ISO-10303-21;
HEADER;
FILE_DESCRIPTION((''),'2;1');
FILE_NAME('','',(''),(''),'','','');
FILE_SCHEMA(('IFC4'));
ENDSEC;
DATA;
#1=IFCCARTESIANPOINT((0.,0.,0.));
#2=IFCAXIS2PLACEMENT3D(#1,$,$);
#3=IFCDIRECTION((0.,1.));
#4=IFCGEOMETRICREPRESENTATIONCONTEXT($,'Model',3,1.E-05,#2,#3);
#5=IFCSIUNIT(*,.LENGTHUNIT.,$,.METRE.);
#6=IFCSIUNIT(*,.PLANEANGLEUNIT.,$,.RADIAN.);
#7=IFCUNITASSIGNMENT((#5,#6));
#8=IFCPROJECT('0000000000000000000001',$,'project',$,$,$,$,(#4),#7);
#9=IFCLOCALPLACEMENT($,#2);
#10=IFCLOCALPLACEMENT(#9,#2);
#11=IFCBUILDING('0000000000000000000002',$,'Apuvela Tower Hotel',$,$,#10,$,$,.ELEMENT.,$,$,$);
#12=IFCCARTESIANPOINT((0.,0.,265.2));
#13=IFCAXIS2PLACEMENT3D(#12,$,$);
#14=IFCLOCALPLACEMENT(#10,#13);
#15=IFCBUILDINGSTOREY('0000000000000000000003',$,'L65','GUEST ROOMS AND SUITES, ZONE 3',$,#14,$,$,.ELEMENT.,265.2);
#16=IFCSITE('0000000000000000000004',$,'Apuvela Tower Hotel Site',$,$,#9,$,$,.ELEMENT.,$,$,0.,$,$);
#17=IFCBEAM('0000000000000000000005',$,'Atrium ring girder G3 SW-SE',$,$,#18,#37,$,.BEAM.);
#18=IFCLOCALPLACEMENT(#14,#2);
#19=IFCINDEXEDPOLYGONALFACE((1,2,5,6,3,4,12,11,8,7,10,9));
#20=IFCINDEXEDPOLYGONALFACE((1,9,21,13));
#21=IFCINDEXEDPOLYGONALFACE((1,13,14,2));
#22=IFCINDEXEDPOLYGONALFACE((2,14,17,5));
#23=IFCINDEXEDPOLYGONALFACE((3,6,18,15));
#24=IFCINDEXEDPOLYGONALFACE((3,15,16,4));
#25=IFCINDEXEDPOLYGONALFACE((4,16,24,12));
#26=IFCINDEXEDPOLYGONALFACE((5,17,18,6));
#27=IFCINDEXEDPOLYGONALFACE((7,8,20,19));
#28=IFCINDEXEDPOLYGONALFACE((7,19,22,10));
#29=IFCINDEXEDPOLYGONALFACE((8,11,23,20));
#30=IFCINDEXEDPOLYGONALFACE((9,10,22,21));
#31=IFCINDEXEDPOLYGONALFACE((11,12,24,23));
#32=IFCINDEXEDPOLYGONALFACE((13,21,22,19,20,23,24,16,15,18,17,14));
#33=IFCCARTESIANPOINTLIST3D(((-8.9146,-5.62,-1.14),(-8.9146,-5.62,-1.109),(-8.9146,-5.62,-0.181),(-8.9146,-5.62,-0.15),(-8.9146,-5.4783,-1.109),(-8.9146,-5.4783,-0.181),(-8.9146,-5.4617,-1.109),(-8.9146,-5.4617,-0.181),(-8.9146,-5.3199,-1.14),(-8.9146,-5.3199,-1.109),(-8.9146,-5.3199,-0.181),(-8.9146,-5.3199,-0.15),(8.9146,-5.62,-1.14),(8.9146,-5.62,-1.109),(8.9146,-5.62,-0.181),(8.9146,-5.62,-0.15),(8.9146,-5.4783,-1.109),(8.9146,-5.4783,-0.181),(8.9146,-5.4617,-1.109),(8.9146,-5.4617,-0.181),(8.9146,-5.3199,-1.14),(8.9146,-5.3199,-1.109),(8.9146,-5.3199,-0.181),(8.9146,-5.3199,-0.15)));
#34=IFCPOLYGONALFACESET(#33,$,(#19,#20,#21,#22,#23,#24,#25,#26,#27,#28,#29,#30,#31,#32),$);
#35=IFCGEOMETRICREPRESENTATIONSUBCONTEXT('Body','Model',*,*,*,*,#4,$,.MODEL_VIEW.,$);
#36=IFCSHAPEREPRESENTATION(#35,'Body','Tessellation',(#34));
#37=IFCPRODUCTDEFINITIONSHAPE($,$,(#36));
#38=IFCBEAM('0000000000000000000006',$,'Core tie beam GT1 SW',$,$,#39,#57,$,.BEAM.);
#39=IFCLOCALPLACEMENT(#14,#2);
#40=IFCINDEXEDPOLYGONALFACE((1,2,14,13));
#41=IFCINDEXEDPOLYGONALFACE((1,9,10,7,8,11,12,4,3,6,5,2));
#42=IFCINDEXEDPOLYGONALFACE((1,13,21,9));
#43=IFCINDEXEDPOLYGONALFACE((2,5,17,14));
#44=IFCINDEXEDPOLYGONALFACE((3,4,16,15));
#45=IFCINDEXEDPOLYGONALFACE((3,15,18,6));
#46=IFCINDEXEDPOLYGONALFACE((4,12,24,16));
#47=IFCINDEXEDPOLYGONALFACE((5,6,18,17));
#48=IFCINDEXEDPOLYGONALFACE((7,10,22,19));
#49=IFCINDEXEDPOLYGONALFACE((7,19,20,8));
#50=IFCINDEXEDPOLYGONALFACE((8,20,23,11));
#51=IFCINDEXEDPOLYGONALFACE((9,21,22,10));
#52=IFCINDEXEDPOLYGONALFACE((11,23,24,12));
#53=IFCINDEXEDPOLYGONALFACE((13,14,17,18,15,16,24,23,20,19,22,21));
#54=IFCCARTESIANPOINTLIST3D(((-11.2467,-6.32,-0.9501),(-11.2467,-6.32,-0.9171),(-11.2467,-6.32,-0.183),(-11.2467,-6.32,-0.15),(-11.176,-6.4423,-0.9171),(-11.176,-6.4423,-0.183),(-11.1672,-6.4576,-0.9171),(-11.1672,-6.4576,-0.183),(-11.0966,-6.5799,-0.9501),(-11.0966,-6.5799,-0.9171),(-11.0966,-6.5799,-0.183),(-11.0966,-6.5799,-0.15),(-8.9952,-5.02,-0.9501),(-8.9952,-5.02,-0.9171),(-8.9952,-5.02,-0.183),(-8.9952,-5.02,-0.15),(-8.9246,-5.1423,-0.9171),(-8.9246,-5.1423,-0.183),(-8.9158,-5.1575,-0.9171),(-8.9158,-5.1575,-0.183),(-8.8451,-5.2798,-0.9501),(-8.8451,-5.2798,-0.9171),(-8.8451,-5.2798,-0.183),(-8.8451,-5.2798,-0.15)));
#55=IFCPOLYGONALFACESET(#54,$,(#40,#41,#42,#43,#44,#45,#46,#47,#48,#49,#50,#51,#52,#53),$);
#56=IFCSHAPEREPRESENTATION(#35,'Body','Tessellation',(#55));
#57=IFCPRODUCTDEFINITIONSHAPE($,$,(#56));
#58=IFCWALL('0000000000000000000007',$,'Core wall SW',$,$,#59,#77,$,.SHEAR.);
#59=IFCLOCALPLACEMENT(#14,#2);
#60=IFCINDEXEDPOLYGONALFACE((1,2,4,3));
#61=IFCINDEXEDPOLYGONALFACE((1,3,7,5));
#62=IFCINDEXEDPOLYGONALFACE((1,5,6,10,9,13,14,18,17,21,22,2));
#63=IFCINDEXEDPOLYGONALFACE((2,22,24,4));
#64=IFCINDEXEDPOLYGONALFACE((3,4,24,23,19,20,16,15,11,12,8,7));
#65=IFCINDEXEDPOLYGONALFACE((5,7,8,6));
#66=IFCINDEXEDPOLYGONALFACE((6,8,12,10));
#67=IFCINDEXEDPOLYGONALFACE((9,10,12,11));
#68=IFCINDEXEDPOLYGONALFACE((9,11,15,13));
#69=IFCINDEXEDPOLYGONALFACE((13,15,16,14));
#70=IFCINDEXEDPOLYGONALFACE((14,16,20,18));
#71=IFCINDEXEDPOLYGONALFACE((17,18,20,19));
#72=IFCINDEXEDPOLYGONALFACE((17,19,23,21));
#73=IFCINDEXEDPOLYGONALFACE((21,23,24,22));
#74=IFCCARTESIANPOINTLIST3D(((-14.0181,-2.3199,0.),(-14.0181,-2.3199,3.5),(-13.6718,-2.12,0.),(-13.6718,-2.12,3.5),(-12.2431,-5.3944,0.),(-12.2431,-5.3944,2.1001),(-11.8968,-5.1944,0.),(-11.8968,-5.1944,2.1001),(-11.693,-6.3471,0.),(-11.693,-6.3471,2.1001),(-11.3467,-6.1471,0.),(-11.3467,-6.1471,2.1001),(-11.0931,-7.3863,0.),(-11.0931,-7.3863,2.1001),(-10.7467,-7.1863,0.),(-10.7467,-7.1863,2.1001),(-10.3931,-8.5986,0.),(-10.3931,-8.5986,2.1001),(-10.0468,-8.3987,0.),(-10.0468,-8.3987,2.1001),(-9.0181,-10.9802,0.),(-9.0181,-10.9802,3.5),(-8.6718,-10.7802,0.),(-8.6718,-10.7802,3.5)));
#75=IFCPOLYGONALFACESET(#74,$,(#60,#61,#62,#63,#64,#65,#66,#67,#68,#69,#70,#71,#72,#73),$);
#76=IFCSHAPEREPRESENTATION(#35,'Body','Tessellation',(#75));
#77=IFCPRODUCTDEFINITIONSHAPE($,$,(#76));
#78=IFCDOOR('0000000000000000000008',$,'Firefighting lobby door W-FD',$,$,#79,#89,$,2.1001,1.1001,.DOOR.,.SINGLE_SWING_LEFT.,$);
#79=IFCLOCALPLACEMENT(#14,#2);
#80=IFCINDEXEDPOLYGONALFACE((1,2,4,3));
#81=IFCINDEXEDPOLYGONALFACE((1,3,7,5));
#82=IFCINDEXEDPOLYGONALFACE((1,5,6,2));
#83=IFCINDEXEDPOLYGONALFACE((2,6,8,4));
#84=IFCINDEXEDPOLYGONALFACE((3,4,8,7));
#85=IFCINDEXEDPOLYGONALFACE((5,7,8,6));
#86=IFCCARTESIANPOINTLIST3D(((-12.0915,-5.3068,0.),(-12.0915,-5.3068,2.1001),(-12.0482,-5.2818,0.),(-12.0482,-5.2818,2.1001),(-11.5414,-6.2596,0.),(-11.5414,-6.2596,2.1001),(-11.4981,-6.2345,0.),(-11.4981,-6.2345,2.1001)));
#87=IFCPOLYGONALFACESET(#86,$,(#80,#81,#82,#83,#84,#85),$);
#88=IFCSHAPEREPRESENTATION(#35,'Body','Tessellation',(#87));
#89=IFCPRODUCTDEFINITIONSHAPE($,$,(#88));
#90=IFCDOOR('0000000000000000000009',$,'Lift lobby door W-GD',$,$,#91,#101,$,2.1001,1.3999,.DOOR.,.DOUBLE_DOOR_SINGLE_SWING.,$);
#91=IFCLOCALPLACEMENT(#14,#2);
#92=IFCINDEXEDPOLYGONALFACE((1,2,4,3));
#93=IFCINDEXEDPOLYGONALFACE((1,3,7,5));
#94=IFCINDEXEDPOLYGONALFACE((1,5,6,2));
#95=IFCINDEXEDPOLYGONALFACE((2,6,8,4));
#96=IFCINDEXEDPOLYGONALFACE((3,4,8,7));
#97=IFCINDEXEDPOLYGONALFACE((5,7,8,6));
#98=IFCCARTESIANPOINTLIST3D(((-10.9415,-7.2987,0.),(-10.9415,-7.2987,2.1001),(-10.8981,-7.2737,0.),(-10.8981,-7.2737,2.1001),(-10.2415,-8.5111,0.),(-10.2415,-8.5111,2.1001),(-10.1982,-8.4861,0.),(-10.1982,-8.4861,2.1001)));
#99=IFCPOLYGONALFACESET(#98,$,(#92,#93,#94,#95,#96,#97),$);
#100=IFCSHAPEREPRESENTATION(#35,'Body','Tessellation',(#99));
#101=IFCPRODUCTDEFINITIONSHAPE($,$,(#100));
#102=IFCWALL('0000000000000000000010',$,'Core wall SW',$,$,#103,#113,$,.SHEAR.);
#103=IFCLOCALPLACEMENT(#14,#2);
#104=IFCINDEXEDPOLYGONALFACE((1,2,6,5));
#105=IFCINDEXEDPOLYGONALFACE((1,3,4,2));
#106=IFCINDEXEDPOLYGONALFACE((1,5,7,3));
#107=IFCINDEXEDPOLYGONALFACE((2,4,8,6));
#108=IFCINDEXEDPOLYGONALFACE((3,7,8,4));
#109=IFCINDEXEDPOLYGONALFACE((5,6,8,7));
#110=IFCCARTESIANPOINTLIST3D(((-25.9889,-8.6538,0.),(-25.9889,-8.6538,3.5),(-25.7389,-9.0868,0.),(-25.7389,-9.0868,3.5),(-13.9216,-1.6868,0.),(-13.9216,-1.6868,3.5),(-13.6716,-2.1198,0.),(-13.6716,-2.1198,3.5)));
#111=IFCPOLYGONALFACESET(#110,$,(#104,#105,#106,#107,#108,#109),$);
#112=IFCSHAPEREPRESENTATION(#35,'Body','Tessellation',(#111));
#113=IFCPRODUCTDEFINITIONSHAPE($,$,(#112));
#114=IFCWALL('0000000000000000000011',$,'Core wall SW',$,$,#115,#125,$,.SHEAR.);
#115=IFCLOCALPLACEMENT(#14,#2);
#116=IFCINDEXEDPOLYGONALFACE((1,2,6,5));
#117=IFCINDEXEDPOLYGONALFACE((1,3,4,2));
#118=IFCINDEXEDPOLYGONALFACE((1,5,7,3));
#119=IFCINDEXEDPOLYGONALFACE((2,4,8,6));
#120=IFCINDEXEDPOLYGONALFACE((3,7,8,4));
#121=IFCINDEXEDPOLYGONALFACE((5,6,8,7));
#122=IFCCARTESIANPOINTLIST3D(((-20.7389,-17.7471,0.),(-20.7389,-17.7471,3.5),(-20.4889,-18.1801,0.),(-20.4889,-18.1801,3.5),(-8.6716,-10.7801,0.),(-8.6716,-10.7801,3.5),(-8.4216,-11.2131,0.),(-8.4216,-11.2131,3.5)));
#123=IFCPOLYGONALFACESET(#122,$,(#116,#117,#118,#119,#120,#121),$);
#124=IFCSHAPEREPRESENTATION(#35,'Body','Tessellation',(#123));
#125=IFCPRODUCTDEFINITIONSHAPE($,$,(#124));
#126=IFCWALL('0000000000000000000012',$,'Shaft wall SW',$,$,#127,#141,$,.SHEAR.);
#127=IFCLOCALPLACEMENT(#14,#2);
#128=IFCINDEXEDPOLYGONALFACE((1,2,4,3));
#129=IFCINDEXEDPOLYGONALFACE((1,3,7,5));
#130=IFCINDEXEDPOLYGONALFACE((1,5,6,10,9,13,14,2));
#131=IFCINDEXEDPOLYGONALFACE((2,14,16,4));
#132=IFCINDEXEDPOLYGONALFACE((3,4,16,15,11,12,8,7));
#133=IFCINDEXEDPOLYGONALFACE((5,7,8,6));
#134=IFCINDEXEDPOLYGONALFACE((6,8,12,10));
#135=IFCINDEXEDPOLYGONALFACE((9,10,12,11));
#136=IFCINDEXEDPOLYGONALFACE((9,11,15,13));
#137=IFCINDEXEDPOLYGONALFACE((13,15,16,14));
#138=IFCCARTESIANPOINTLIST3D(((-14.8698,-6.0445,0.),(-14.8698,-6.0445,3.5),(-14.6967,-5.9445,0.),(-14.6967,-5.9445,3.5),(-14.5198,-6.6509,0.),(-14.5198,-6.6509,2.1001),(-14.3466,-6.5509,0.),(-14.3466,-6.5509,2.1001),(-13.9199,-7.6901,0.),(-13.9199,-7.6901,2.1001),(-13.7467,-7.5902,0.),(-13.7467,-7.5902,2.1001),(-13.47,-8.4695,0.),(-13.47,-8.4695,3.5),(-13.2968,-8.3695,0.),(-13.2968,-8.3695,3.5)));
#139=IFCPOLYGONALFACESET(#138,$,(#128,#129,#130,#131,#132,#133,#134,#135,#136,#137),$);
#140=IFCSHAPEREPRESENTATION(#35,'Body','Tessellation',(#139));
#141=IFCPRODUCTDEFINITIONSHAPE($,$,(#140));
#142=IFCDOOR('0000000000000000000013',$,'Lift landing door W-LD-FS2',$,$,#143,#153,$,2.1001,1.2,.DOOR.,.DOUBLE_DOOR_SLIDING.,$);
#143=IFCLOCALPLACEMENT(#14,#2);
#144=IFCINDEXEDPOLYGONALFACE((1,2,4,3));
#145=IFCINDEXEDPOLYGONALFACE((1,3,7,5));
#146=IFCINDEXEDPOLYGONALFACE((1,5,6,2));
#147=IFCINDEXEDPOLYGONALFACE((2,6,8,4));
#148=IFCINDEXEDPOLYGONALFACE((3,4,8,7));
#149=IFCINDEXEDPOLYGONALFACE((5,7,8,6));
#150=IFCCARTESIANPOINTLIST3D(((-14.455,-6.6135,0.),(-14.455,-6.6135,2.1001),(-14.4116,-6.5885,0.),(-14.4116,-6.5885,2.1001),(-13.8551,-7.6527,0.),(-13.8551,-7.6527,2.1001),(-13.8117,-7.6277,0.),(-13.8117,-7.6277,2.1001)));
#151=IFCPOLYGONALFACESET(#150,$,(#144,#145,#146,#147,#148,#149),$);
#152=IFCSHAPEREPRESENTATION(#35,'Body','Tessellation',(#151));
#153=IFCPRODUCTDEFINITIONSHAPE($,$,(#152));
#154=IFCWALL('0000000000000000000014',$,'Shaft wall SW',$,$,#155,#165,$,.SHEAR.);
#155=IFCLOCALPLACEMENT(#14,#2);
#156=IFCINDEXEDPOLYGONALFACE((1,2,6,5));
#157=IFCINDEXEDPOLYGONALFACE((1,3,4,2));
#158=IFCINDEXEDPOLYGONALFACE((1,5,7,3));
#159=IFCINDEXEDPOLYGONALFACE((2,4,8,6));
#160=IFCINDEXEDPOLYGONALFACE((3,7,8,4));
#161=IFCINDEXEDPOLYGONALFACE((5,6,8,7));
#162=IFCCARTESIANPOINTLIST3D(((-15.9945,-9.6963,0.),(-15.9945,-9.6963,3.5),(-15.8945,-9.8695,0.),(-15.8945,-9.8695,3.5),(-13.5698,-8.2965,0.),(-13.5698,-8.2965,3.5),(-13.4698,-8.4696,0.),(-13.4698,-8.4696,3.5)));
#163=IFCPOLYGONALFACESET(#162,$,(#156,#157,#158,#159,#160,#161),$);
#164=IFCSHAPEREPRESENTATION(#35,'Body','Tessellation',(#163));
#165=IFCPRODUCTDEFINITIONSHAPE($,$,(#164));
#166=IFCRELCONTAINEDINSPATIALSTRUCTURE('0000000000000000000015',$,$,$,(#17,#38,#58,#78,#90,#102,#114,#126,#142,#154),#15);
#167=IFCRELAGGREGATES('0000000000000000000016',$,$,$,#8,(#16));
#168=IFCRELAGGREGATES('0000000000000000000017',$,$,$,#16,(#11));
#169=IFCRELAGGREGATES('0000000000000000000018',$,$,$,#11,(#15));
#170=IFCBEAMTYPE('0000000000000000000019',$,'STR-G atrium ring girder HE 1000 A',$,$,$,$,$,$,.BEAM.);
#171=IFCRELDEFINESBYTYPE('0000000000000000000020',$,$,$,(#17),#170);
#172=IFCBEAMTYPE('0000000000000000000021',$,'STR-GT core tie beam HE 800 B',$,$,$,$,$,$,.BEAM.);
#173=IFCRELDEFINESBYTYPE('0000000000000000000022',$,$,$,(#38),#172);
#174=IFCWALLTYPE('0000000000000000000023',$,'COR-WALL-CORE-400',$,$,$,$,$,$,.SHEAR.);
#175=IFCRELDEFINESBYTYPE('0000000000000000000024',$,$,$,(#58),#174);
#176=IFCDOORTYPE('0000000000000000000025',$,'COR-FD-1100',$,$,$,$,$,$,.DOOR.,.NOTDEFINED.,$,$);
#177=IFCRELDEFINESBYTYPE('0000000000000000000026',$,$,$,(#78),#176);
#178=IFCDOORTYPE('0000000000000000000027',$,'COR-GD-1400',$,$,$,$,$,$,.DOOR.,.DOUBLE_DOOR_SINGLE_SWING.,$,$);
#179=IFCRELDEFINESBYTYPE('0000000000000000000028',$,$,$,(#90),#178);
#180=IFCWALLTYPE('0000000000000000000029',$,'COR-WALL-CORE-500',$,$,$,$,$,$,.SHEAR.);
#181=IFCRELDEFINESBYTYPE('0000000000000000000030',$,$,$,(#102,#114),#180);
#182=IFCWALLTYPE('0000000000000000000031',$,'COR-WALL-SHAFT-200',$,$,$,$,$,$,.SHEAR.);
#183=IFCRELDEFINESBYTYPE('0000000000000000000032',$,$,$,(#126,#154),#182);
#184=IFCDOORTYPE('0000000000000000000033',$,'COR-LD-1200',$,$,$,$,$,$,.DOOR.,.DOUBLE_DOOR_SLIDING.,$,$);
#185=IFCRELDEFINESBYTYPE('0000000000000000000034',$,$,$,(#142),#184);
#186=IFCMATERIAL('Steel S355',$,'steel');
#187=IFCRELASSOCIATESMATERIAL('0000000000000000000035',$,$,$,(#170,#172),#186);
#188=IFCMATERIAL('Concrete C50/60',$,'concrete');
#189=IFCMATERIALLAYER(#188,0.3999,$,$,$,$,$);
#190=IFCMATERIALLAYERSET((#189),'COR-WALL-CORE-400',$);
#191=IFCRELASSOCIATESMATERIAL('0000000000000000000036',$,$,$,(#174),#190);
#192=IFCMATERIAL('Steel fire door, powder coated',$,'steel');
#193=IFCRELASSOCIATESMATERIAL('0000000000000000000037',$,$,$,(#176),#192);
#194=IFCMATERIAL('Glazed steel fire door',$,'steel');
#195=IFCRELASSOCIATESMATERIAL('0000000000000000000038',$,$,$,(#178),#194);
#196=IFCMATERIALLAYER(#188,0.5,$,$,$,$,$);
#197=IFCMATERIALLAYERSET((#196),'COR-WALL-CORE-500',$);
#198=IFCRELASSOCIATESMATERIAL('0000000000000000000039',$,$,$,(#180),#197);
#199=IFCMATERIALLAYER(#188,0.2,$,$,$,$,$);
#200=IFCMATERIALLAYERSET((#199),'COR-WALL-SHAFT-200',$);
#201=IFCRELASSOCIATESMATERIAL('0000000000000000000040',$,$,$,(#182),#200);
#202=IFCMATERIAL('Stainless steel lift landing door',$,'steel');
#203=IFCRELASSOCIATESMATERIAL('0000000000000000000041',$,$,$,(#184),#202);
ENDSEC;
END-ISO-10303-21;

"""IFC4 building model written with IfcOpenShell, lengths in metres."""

from ifc_helpers import new_model, si_unit, direction, frame, frame_2d, origin, origin_2d, place, context, subcontext, project, spatial, rectangle, i_section, extrude, material, layer, layer_set, material_profile, profile_set, type_object, element, fill, save


model = new_model("IFC4")

# Units and contexts
model_context = context("Model", 3, precision=1e-05, world=origin(), true_north=direction((0.0, 1.0)))
body_context = subcontext(model_context, "Body", "Model", "MODEL_VIEW")
ifc_project = project(units=[si_unit("LENGTHUNIT", "METRE"), si_unit("PLANEANGLEUNIT", "RADIAN")], contexts=[model_context])

# Site, building, storey
site_placement = place(None, origin())
site = spatial("IfcSite", under=ifc_project, at=site_placement, Name="Apuvela Tower Hotel Site", CompositionType="ELEMENT", RefElevation=0.0)
building_placement = place(site_placement, origin())
building = spatial("IfcBuilding", under=site, at=building_placement, Name="Apuvela Tower Hotel", CompositionType="ELEMENT")
storey_placement = place(building_placement, frame((0.0, 0.0, 265.2)))
storey = spatial("IfcBuildingStorey", under=building, at=storey_placement, Name="L65", Description="GUEST ROOMS AND SUITES, ZONE 3", CompositionType="ELEMENT", Elevation=265.2)

# Beams
ifc_material_1 = material(Name="Steel S355", Category="steel")
ifc_material_profile_1 = material_profile(ifc_material_1, i_section(OverallWidth=0.3, OverallDepth=0.99, WebThickness=0.0166, FlangeThickness=0.031, at=origin_2d()), Name="HE 1000 A")
ifc_profile_set_1 = profile_set([ifc_material_profile_1], Name="Steel S355")
beam_type_1 = type_object("IfcBeamType", Name="STR-G atrium ring girder HE 1000 A", PredefinedType="BEAM", material=ifc_profile_set_1)
beam_1_placement = place(storey_placement, frame((-8.9146, -5.47, -0.645), z_axis=(1.0, 0.0, 0.0), x_axis=(0.0, 1.0, 0.0)))
element("IfcBeam", 1, at=beam_1_placement, inside=storey, type_object=beam_type_1, Name="Atrium ring girder G3 SW-SE", PredefinedType="BEAM", context=body_context, shape_type="SweptSolid", body=[
    extrude(i_section(OverallWidth=0.3, OverallDepth=0.99, WebThickness=0.0166, FlangeThickness=0.031, at=origin_2d()), origin(), (0.0, 0.0, 1.0), 17.8291),
])
ifc_material_profile_2 = material_profile(ifc_material_1, i_section(OverallWidth=0.3, OverallDepth=0.8, WebThickness=0.0176, FlangeThickness=0.033, at=origin_2d()), Name="HE 800 B")
ifc_profile_set_2 = profile_set([ifc_material_profile_2], Name="Steel S355")
beam_type_2 = type_object("IfcBeamType", Name="STR-GT core tie beam HE 800 B", PredefinedType="BEAM", material=ifc_profile_set_2)
beam_2_placement = place(storey_placement, frame((-11.1716, -6.45, -0.55), z_axis=(0.865998, 0.500048, 0.0), x_axis=(-0.500048, 0.865998, 0.0)))
element("IfcBeam", 2, at=beam_2_placement, inside=storey, type_object=beam_type_2, Name="Core tie beam GT1 SW", PredefinedType="BEAM", context=body_context, shape_type="SweptSolid", body=[
    extrude(i_section(OverallWidth=0.3, OverallDepth=0.8, WebThickness=0.0176, FlangeThickness=0.033, at=origin_2d()), origin(), (0.0, 0.0, 1.0), 2.5999),
])

# Wall, openings, doors
ifc_material_2 = material(Name="Concrete C50/60", Category="concrete")
ifc_layer_1 = layer(ifc_material_2, 0.3999)
ifc_layer_set_1 = layer_set([ifc_layer_1], Name="COR-WALL-CORE-400")
wall_type_1 = type_object("IfcWallType", Name="COR-WALL-CORE-400", PredefinedType="SHEAR", material=ifc_layer_set_1)
wall_1_placement = place(storey_placement, frame((-13.845, -2.22, 0.0), z_axis=(0.0, 0.0, 1.0), x_axis=(0.500004, -0.866023, 0.0)))
wall_1 = element("IfcWall", 3, at=wall_1_placement, inside=storey, type_object=wall_type_1, Name="Core wall SW", PredefinedType="SHEAR", context=body_context, shape_type="SweptSolid", body=[
    extrude(rectangle(XDim=10.0, YDim=0.3999, at=frame_2d((5.0, 0.0))), origin(), (0.0, 0.0, 1.0), 3.5),
])
opening_1_placement = place(wall_1_placement, frame((3.55, 0.0, 0.0)))
opening_1 = element("IfcOpeningElement", 4, at=opening_1_placement, cuts=wall_1, PredefinedType="OPENING", context=body_context, shape_type="SweptSolid", body=[
    extrude(rectangle(XDim=1.1001, YDim=2.1001, at=frame_2d((0.55, 1.05))), frame((0.0, 0.21, 0.0), z_axis=(0.0, -1.0, 0.0), x_axis=(1.0, 0.0, 0.0)), (0.0, 0.0, 1.0), 0.4199),
])
opening_2_placement = place(wall_1_placement, frame((5.8501, 0.0, 0.0)))
opening_2 = element("IfcOpeningElement", 5, at=opening_2_placement, cuts=wall_1, PredefinedType="OPENING", context=body_context, shape_type="SweptSolid", body=[
    extrude(rectangle(XDim=1.3999, YDim=2.1001, at=frame_2d((0.7, 1.05))), frame((0.0, 0.21, 0.0), z_axis=(0.0, -1.0, 0.0), x_axis=(1.0, 0.0, 0.0)), (0.0, 0.0, 1.0), 0.4199),
])
ifc_material_3 = material(Name="Steel fire door, powder coated", Category="steel")
door_type_1 = type_object("IfcDoorType", Name="COR-FD-1100", OperationType="NOTDEFINED", PredefinedType="DOOR", material=ifc_material_3)
door_1_placement = place(opening_1_placement, frame((1.1001, 0.0, 0.0), z_axis=(0.0, 0.0, 1.0), x_axis=(-1.0, 0.0, 0.0)))
door_1 = element("IfcDoor", 6, at=door_1_placement, inside=storey, type_object=door_type_1, Name="Firefighting lobby door W-FD", OperationType="SINGLE_SWING_LEFT", OverallHeight=2.1001, OverallWidth=1.1001, PredefinedType="DOOR", context=body_context, shape_type="SweptSolid", body=[
    extrude(rectangle(XDim=1.1001, YDim=2.1001, at=frame_2d((0.55, 1.05))), frame((0.0, 0.0249, 0.0), z_axis=(0.0, -1.0, 0.0), x_axis=(1.0, 0.0, 0.0)), (0.0, 0.0, 1.0), 0.05),
])
fill(opening_1, door_1)
ifc_material_4 = material(Name="Glazed steel fire door", Category="steel")
door_type_2 = type_object("IfcDoorType", Name="COR-GD-1400", OperationType="DOUBLE_DOOR_SINGLE_SWING", PredefinedType="DOOR", material=ifc_material_4)
door_2_placement = place(opening_2_placement, frame((1.3999, 0.0, 0.0), z_axis=(0.0, 0.0, 1.0), x_axis=(-1.0, 0.0, 0.0)))
door_2 = element("IfcDoor", 7, at=door_2_placement, inside=storey, type_object=door_type_2, Name="Lift lobby door W-GD", OperationType="DOUBLE_DOOR_SINGLE_SWING", OverallHeight=2.1001, OverallWidth=1.3999, PredefinedType="DOOR", context=body_context, shape_type="SweptSolid", body=[
    extrude(rectangle(XDim=1.3999, YDim=2.1001, at=frame_2d((0.7, 1.05))), frame((0.0, 0.0249, 0.0), z_axis=(0.0, -1.0, 0.0), x_axis=(1.0, 0.0, 0.0)), (0.0, 0.0, 1.0), 0.05),
])
fill(opening_2, door_2)

# Walls
ifc_layer_2 = layer(ifc_material_2, 0.5)
ifc_layer_set_2 = layer_set([ifc_layer_2], Name="COR-WALL-CORE-500")
wall_type_2 = type_object("IfcWallType", Name="COR-WALL-CORE-500", PredefinedType="SHEAR", material=ifc_layer_set_2)
for number, where, z_axis, x_axis, name in (
    (8, (-13.7966, -1.9033, 0.0), (0.0, 0.0, 1.0), (-0.866027, -0.499996, 0.0), "Core wall SW"),
    (9, (-8.5466, -10.9966, 0.0), (0.0, 0.0, 1.0), (-0.866027, -0.499996, 0.0), "Core wall SW"),
):
    element("IfcWall", number, at=place(storey_placement, frame(where, z_axis=z_axis, x_axis=x_axis)), inside=storey, type_object=wall_type_2, Name=name, PredefinedType="SHEAR", context=body_context, shape_type="SweptSolid", body=[
        extrude(rectangle(XDim=13.9341, YDim=0.5, at=frame_2d((6.967, 0.0))), origin(), (0.0, 0.0, 1.0), 3.5),
    ])

# Wall, opening, door
ifc_layer_3 = layer(ifc_material_2, 0.2)
ifc_layer_set_3 = layer_set([ifc_layer_3], Name="COR-WALL-SHAFT-200")
wall_type_3 = type_object("IfcWallType", Name="COR-WALL-SHAFT-200", PredefinedType="SHEAR", material=ifc_layer_set_3)
wall_2_placement = place(storey_placement, frame((-14.7832, -5.9946, 0.0), z_axis=(0.0, 0.0, 1.0), x_axis=(0.499946, -0.866056, 0.0)))
wall_2 = element("IfcWall", 10, at=wall_2_placement, inside=storey, type_object=wall_type_3, Name="Shaft wall SW", PredefinedType="SHEAR", context=body_context, shape_type="SweptSolid", body=[
    extrude(rectangle(XDim=2.8, YDim=0.2, at=frame_2d((1.3999, 0.0))), origin(), (0.0, 0.0, 1.0), 3.5),
])
opening_3_placement = place(wall_2_placement, frame((0.7, 0.0, 0.0)))
opening_3 = element("IfcOpeningElement", 11, at=opening_3_placement, cuts=wall_2, PredefinedType="OPENING", context=body_context, shape_type="SweptSolid", body=[
    extrude(rectangle(XDim=1.2, YDim=2.1001, at=frame_2d((0.6001, 1.05))), frame((0.0, 0.1099, 0.0), z_axis=(0.0, -1.0, 0.0), x_axis=(1.0, 0.0, 0.0)), (0.0, 0.0, 1.0), 0.22),
])
ifc_material_5 = material(Name="Stainless steel lift landing door", Category="steel")
door_type_3 = type_object("IfcDoorType", Name="COR-LD-1200", OperationType="DOUBLE_DOOR_SLIDING", PredefinedType="DOOR", material=ifc_material_5)
door_3_placement = place(opening_3_placement, origin())
door_3 = element("IfcDoor", 12, at=door_3_placement, inside=storey, type_object=door_type_3, Name="Lift landing door W-LD-FS2", OperationType="DOUBLE_DOOR_SLIDING", OverallHeight=2.1001, OverallWidth=1.2, PredefinedType="DOOR", context=body_context, shape_type="SweptSolid", body=[
    extrude(rectangle(XDim=1.2, YDim=2.1001, at=frame_2d((0.6001, 1.05))), frame((0.0, 0.0249, 0.0), z_axis=(0.0, -1.0, 0.0), x_axis=(1.0, 0.0, 0.0)), (0.0, 0.0, 1.0), 0.05),
])
fill(opening_3, door_3)

# Wall
wall_3_placement = place(storey_placement, frame((-13.5198, -8.3831, 0.0), z_axis=(0.0, 0.0, 1.0), x_axis=(-0.866035, -0.499984, 0.0)))
element("IfcWall", 13, at=wall_3_placement, inside=storey, type_object=wall_type_3, Name="Shaft wall SW", PredefinedType="SHEAR", context=body_context, shape_type="SweptSolid", body=[
    extrude(rectangle(XDim=2.7998, YDim=0.2, at=frame_2d((1.3999, 0.0))), origin(), (0.0, 0.0, 1.0), 3.5),
])

save(model, "model.ifc")
